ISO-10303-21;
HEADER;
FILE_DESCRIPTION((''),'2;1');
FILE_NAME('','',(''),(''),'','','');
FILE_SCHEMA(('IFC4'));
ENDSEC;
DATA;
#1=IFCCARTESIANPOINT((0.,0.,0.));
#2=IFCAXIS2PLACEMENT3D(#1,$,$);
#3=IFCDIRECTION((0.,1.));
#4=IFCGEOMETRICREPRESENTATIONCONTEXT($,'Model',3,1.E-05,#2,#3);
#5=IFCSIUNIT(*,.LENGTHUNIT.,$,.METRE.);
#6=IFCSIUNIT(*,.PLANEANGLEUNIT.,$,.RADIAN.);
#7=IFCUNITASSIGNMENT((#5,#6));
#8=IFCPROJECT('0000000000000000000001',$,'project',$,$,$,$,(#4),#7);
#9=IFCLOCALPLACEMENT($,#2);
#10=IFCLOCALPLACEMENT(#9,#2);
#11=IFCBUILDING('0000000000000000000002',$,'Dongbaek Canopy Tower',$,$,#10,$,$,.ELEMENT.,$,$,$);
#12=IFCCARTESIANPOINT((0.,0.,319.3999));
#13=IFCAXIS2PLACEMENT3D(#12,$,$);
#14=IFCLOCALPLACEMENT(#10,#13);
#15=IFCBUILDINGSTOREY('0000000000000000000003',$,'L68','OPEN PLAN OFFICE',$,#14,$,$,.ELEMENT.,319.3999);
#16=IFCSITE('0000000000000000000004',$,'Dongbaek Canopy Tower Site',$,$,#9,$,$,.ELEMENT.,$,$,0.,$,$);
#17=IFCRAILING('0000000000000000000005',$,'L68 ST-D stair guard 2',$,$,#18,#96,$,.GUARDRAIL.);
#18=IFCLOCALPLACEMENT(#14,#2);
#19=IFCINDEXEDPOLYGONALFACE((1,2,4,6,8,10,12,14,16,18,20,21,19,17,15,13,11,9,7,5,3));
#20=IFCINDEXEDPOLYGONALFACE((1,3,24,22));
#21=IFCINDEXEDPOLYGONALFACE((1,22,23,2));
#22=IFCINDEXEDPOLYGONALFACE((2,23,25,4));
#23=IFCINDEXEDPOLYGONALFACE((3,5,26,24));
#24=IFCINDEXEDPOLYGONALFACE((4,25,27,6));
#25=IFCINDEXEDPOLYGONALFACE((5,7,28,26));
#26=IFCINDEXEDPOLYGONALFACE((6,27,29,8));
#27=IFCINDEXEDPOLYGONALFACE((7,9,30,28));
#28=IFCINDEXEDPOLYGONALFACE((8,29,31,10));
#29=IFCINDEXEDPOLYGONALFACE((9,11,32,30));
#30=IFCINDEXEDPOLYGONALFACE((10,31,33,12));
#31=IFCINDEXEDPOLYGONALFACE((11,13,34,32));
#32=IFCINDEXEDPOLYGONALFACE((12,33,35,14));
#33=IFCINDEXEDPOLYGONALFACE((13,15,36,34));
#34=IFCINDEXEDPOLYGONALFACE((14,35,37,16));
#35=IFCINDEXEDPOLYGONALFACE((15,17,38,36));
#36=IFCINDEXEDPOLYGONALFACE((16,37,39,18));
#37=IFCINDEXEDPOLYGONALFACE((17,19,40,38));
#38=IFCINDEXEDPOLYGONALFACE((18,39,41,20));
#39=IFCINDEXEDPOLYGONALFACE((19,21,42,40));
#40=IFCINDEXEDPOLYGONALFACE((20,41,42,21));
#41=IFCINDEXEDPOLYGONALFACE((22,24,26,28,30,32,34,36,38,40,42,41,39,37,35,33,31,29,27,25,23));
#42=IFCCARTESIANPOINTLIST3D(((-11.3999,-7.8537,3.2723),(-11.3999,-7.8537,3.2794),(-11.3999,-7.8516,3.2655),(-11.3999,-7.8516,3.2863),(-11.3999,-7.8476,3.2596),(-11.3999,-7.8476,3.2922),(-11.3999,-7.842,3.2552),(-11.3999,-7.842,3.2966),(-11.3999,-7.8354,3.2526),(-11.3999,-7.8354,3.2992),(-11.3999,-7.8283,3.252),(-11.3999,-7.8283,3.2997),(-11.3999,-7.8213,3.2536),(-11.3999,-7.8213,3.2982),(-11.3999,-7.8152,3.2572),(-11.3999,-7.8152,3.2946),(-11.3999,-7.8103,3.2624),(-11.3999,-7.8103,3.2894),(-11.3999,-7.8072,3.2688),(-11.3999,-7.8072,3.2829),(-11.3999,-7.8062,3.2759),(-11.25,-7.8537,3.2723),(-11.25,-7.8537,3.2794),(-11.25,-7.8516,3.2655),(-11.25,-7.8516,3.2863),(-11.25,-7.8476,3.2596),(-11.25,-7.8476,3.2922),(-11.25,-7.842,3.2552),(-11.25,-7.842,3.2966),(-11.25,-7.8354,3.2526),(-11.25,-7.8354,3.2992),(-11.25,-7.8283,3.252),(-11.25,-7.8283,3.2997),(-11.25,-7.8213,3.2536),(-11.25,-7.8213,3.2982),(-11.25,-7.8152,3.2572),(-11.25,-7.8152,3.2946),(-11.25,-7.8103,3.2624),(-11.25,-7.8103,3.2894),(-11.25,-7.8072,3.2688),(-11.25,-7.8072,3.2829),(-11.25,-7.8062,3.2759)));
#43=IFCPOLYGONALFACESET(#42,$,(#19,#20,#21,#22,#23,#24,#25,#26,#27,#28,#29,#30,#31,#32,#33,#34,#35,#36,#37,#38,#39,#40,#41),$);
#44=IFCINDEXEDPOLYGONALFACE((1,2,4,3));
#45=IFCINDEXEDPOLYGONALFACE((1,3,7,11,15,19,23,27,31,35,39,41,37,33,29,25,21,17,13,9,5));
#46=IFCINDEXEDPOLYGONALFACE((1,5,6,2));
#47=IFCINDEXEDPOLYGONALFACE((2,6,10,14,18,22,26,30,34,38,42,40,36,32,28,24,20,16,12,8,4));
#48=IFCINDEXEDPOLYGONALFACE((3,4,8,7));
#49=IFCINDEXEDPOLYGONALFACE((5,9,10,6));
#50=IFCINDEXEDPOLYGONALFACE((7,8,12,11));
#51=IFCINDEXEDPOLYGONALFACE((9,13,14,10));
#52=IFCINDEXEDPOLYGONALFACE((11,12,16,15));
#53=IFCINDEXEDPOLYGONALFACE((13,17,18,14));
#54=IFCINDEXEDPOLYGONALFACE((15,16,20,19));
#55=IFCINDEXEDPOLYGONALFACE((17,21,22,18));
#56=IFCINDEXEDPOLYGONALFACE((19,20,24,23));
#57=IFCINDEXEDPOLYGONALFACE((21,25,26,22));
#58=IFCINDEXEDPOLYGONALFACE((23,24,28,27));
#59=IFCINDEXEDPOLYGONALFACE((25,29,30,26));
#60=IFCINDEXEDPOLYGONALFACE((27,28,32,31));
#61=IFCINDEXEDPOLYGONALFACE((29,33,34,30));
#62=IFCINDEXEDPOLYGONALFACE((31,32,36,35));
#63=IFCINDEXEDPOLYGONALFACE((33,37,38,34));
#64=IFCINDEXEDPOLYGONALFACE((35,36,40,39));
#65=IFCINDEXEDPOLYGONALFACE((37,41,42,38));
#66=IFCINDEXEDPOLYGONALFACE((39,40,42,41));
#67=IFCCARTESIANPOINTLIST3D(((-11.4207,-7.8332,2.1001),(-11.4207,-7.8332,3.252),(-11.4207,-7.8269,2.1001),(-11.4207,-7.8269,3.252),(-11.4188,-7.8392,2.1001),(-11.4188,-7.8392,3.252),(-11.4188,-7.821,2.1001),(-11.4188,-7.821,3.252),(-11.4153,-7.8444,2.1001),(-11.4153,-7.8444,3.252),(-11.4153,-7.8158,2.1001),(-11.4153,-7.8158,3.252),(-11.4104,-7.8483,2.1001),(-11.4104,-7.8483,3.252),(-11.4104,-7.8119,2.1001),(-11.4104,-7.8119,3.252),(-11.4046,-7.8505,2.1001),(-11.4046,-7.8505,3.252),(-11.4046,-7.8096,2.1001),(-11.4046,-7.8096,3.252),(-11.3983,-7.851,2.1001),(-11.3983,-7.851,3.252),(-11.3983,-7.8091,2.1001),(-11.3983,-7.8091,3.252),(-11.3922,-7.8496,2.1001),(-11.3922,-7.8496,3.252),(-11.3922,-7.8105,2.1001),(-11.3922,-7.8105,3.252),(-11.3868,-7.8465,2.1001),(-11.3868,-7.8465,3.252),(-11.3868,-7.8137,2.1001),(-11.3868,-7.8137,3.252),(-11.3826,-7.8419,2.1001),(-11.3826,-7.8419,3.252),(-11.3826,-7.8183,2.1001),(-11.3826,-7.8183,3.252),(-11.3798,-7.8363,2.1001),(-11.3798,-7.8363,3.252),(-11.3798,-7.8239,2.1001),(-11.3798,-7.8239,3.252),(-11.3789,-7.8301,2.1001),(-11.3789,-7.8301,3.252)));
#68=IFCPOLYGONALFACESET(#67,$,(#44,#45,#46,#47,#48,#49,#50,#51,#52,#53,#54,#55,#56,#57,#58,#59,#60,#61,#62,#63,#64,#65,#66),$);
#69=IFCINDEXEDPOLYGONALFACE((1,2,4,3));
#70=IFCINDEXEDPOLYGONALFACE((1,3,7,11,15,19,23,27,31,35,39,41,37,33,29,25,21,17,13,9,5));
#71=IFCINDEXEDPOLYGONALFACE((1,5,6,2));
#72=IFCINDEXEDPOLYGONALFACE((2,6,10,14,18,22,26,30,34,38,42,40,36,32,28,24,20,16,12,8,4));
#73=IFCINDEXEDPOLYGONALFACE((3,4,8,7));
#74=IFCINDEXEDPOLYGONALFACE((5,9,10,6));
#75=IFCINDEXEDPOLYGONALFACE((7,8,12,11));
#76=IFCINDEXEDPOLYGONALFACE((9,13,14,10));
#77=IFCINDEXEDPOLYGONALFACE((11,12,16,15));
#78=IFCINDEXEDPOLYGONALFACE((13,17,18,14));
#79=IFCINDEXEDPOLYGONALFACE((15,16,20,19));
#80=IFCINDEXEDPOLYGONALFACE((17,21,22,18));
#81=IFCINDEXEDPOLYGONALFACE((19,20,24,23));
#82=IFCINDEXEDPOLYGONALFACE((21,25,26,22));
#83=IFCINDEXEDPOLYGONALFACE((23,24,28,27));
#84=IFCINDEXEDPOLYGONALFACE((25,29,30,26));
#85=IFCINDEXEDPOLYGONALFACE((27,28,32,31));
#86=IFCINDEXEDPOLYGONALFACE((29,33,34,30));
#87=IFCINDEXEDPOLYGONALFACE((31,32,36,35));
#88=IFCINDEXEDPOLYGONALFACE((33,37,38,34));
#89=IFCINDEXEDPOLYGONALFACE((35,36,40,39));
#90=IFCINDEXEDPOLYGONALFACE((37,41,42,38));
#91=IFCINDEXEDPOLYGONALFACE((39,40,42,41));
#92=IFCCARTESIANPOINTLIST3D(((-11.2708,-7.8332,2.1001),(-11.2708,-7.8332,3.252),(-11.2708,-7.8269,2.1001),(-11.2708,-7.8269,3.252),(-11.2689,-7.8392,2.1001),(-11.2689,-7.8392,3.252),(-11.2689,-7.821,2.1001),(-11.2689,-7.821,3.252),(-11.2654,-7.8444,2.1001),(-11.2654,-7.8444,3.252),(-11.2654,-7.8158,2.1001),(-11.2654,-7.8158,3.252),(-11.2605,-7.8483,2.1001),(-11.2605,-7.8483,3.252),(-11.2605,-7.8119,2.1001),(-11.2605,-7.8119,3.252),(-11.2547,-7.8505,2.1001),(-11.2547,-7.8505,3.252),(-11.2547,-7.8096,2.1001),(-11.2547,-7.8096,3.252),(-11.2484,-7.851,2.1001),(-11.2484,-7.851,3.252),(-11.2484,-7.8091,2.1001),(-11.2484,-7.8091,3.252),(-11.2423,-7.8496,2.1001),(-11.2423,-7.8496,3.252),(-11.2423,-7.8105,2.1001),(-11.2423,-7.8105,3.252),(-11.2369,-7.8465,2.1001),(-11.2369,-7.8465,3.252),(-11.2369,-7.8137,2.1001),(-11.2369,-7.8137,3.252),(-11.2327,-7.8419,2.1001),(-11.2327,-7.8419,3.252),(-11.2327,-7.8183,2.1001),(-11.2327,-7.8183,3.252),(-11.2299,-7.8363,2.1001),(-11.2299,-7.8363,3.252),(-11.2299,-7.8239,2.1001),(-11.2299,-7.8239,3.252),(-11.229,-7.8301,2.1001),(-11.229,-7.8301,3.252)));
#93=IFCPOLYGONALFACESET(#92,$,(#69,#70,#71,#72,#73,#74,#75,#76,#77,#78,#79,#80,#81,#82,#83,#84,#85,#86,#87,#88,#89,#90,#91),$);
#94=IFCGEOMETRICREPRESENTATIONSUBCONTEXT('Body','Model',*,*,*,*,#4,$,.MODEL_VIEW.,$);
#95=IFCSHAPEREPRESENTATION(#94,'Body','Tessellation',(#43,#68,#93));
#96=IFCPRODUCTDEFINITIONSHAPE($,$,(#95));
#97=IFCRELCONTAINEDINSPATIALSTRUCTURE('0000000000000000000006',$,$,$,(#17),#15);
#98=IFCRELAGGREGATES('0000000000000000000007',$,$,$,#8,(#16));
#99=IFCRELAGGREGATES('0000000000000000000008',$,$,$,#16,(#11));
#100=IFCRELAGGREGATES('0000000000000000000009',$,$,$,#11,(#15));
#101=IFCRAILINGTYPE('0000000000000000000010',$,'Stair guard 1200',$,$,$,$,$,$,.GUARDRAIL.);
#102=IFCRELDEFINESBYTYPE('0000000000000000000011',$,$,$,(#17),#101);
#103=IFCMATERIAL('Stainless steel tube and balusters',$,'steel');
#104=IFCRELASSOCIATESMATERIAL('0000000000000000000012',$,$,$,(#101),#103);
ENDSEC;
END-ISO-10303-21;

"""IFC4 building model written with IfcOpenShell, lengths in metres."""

from ifc_helpers import new_model, si_unit, direction, frame, origin, origin_2d, place, context, subcontext, project, spatial, circle, extrude, material, type_object, element, save


model = new_model("IFC4")

# Units and contexts
model_context = context("Model", 3, precision=1e-05, world=origin(), true_north=direction((0.0, 1.0)))
body_context = subcontext(model_context, "Body", "Model", "MODEL_VIEW")
ifc_project = project(units=[si_unit("LENGTHUNIT", "METRE"), si_unit("PLANEANGLEUNIT", "RADIAN")], contexts=[model_context])

# Site, building, storey
site_placement = place(None, origin())
site = spatial("IfcSite", under=ifc_project, at=site_placement, Name="Dongbaek Canopy Tower Site", CompositionType="ELEMENT", RefElevation=0.0)
building_placement = place(site_placement, origin())
building = spatial("IfcBuilding", under=site, at=building_placement, Name="Dongbaek Canopy Tower", CompositionType="ELEMENT")
storey_placement = place(building_placement, frame((0.0, 0.0, 319.3999)))
storey = spatial("IfcBuildingStorey", under=building, at=storey_placement, Name="L68", Description="OPEN PLAN OFFICE", CompositionType="ELEMENT", Elevation=319.3999)

# Railing
ifc_material_1 = material(Name="Stainless steel tube and balusters", Category="steel")
railing_type_1 = type_object("IfcRailingType", Name="Stair guard 1200", PredefinedType="GUARDRAIL", material=ifc_material_1)
railing_1_placement = place(storey_placement, frame((-11.3999, -7.8301, 2.1001)))
element("IfcRailing", 1, at=railing_1_placement, inside=storey, type_object=railing_type_1, Name="L68 ST-D stair guard 2", PredefinedType="GUARDRAIL", context=body_context, shape_type="SweptSolid", body=[
    extrude(circle(Radius=0.0239, at=origin_2d()), frame((0.0, 0.0, 1.1758), z_axis=(1.0, 0.0, 0.0), x_axis=(0.0, 1.0, 0.0)), (0.0, 0.0, 1.0), 0.1499),
    extrude(circle(Radius=0.021, at=origin_2d()), origin(), (0.0, 0.0, 1.0), 1.1519),
    extrude(circle(Radius=0.021, at=origin_2d()), frame((0.1499, 0.0, 0.0)), (0.0, 0.0, 1.0), 1.1519),
])

save(model, "model.ifc")
